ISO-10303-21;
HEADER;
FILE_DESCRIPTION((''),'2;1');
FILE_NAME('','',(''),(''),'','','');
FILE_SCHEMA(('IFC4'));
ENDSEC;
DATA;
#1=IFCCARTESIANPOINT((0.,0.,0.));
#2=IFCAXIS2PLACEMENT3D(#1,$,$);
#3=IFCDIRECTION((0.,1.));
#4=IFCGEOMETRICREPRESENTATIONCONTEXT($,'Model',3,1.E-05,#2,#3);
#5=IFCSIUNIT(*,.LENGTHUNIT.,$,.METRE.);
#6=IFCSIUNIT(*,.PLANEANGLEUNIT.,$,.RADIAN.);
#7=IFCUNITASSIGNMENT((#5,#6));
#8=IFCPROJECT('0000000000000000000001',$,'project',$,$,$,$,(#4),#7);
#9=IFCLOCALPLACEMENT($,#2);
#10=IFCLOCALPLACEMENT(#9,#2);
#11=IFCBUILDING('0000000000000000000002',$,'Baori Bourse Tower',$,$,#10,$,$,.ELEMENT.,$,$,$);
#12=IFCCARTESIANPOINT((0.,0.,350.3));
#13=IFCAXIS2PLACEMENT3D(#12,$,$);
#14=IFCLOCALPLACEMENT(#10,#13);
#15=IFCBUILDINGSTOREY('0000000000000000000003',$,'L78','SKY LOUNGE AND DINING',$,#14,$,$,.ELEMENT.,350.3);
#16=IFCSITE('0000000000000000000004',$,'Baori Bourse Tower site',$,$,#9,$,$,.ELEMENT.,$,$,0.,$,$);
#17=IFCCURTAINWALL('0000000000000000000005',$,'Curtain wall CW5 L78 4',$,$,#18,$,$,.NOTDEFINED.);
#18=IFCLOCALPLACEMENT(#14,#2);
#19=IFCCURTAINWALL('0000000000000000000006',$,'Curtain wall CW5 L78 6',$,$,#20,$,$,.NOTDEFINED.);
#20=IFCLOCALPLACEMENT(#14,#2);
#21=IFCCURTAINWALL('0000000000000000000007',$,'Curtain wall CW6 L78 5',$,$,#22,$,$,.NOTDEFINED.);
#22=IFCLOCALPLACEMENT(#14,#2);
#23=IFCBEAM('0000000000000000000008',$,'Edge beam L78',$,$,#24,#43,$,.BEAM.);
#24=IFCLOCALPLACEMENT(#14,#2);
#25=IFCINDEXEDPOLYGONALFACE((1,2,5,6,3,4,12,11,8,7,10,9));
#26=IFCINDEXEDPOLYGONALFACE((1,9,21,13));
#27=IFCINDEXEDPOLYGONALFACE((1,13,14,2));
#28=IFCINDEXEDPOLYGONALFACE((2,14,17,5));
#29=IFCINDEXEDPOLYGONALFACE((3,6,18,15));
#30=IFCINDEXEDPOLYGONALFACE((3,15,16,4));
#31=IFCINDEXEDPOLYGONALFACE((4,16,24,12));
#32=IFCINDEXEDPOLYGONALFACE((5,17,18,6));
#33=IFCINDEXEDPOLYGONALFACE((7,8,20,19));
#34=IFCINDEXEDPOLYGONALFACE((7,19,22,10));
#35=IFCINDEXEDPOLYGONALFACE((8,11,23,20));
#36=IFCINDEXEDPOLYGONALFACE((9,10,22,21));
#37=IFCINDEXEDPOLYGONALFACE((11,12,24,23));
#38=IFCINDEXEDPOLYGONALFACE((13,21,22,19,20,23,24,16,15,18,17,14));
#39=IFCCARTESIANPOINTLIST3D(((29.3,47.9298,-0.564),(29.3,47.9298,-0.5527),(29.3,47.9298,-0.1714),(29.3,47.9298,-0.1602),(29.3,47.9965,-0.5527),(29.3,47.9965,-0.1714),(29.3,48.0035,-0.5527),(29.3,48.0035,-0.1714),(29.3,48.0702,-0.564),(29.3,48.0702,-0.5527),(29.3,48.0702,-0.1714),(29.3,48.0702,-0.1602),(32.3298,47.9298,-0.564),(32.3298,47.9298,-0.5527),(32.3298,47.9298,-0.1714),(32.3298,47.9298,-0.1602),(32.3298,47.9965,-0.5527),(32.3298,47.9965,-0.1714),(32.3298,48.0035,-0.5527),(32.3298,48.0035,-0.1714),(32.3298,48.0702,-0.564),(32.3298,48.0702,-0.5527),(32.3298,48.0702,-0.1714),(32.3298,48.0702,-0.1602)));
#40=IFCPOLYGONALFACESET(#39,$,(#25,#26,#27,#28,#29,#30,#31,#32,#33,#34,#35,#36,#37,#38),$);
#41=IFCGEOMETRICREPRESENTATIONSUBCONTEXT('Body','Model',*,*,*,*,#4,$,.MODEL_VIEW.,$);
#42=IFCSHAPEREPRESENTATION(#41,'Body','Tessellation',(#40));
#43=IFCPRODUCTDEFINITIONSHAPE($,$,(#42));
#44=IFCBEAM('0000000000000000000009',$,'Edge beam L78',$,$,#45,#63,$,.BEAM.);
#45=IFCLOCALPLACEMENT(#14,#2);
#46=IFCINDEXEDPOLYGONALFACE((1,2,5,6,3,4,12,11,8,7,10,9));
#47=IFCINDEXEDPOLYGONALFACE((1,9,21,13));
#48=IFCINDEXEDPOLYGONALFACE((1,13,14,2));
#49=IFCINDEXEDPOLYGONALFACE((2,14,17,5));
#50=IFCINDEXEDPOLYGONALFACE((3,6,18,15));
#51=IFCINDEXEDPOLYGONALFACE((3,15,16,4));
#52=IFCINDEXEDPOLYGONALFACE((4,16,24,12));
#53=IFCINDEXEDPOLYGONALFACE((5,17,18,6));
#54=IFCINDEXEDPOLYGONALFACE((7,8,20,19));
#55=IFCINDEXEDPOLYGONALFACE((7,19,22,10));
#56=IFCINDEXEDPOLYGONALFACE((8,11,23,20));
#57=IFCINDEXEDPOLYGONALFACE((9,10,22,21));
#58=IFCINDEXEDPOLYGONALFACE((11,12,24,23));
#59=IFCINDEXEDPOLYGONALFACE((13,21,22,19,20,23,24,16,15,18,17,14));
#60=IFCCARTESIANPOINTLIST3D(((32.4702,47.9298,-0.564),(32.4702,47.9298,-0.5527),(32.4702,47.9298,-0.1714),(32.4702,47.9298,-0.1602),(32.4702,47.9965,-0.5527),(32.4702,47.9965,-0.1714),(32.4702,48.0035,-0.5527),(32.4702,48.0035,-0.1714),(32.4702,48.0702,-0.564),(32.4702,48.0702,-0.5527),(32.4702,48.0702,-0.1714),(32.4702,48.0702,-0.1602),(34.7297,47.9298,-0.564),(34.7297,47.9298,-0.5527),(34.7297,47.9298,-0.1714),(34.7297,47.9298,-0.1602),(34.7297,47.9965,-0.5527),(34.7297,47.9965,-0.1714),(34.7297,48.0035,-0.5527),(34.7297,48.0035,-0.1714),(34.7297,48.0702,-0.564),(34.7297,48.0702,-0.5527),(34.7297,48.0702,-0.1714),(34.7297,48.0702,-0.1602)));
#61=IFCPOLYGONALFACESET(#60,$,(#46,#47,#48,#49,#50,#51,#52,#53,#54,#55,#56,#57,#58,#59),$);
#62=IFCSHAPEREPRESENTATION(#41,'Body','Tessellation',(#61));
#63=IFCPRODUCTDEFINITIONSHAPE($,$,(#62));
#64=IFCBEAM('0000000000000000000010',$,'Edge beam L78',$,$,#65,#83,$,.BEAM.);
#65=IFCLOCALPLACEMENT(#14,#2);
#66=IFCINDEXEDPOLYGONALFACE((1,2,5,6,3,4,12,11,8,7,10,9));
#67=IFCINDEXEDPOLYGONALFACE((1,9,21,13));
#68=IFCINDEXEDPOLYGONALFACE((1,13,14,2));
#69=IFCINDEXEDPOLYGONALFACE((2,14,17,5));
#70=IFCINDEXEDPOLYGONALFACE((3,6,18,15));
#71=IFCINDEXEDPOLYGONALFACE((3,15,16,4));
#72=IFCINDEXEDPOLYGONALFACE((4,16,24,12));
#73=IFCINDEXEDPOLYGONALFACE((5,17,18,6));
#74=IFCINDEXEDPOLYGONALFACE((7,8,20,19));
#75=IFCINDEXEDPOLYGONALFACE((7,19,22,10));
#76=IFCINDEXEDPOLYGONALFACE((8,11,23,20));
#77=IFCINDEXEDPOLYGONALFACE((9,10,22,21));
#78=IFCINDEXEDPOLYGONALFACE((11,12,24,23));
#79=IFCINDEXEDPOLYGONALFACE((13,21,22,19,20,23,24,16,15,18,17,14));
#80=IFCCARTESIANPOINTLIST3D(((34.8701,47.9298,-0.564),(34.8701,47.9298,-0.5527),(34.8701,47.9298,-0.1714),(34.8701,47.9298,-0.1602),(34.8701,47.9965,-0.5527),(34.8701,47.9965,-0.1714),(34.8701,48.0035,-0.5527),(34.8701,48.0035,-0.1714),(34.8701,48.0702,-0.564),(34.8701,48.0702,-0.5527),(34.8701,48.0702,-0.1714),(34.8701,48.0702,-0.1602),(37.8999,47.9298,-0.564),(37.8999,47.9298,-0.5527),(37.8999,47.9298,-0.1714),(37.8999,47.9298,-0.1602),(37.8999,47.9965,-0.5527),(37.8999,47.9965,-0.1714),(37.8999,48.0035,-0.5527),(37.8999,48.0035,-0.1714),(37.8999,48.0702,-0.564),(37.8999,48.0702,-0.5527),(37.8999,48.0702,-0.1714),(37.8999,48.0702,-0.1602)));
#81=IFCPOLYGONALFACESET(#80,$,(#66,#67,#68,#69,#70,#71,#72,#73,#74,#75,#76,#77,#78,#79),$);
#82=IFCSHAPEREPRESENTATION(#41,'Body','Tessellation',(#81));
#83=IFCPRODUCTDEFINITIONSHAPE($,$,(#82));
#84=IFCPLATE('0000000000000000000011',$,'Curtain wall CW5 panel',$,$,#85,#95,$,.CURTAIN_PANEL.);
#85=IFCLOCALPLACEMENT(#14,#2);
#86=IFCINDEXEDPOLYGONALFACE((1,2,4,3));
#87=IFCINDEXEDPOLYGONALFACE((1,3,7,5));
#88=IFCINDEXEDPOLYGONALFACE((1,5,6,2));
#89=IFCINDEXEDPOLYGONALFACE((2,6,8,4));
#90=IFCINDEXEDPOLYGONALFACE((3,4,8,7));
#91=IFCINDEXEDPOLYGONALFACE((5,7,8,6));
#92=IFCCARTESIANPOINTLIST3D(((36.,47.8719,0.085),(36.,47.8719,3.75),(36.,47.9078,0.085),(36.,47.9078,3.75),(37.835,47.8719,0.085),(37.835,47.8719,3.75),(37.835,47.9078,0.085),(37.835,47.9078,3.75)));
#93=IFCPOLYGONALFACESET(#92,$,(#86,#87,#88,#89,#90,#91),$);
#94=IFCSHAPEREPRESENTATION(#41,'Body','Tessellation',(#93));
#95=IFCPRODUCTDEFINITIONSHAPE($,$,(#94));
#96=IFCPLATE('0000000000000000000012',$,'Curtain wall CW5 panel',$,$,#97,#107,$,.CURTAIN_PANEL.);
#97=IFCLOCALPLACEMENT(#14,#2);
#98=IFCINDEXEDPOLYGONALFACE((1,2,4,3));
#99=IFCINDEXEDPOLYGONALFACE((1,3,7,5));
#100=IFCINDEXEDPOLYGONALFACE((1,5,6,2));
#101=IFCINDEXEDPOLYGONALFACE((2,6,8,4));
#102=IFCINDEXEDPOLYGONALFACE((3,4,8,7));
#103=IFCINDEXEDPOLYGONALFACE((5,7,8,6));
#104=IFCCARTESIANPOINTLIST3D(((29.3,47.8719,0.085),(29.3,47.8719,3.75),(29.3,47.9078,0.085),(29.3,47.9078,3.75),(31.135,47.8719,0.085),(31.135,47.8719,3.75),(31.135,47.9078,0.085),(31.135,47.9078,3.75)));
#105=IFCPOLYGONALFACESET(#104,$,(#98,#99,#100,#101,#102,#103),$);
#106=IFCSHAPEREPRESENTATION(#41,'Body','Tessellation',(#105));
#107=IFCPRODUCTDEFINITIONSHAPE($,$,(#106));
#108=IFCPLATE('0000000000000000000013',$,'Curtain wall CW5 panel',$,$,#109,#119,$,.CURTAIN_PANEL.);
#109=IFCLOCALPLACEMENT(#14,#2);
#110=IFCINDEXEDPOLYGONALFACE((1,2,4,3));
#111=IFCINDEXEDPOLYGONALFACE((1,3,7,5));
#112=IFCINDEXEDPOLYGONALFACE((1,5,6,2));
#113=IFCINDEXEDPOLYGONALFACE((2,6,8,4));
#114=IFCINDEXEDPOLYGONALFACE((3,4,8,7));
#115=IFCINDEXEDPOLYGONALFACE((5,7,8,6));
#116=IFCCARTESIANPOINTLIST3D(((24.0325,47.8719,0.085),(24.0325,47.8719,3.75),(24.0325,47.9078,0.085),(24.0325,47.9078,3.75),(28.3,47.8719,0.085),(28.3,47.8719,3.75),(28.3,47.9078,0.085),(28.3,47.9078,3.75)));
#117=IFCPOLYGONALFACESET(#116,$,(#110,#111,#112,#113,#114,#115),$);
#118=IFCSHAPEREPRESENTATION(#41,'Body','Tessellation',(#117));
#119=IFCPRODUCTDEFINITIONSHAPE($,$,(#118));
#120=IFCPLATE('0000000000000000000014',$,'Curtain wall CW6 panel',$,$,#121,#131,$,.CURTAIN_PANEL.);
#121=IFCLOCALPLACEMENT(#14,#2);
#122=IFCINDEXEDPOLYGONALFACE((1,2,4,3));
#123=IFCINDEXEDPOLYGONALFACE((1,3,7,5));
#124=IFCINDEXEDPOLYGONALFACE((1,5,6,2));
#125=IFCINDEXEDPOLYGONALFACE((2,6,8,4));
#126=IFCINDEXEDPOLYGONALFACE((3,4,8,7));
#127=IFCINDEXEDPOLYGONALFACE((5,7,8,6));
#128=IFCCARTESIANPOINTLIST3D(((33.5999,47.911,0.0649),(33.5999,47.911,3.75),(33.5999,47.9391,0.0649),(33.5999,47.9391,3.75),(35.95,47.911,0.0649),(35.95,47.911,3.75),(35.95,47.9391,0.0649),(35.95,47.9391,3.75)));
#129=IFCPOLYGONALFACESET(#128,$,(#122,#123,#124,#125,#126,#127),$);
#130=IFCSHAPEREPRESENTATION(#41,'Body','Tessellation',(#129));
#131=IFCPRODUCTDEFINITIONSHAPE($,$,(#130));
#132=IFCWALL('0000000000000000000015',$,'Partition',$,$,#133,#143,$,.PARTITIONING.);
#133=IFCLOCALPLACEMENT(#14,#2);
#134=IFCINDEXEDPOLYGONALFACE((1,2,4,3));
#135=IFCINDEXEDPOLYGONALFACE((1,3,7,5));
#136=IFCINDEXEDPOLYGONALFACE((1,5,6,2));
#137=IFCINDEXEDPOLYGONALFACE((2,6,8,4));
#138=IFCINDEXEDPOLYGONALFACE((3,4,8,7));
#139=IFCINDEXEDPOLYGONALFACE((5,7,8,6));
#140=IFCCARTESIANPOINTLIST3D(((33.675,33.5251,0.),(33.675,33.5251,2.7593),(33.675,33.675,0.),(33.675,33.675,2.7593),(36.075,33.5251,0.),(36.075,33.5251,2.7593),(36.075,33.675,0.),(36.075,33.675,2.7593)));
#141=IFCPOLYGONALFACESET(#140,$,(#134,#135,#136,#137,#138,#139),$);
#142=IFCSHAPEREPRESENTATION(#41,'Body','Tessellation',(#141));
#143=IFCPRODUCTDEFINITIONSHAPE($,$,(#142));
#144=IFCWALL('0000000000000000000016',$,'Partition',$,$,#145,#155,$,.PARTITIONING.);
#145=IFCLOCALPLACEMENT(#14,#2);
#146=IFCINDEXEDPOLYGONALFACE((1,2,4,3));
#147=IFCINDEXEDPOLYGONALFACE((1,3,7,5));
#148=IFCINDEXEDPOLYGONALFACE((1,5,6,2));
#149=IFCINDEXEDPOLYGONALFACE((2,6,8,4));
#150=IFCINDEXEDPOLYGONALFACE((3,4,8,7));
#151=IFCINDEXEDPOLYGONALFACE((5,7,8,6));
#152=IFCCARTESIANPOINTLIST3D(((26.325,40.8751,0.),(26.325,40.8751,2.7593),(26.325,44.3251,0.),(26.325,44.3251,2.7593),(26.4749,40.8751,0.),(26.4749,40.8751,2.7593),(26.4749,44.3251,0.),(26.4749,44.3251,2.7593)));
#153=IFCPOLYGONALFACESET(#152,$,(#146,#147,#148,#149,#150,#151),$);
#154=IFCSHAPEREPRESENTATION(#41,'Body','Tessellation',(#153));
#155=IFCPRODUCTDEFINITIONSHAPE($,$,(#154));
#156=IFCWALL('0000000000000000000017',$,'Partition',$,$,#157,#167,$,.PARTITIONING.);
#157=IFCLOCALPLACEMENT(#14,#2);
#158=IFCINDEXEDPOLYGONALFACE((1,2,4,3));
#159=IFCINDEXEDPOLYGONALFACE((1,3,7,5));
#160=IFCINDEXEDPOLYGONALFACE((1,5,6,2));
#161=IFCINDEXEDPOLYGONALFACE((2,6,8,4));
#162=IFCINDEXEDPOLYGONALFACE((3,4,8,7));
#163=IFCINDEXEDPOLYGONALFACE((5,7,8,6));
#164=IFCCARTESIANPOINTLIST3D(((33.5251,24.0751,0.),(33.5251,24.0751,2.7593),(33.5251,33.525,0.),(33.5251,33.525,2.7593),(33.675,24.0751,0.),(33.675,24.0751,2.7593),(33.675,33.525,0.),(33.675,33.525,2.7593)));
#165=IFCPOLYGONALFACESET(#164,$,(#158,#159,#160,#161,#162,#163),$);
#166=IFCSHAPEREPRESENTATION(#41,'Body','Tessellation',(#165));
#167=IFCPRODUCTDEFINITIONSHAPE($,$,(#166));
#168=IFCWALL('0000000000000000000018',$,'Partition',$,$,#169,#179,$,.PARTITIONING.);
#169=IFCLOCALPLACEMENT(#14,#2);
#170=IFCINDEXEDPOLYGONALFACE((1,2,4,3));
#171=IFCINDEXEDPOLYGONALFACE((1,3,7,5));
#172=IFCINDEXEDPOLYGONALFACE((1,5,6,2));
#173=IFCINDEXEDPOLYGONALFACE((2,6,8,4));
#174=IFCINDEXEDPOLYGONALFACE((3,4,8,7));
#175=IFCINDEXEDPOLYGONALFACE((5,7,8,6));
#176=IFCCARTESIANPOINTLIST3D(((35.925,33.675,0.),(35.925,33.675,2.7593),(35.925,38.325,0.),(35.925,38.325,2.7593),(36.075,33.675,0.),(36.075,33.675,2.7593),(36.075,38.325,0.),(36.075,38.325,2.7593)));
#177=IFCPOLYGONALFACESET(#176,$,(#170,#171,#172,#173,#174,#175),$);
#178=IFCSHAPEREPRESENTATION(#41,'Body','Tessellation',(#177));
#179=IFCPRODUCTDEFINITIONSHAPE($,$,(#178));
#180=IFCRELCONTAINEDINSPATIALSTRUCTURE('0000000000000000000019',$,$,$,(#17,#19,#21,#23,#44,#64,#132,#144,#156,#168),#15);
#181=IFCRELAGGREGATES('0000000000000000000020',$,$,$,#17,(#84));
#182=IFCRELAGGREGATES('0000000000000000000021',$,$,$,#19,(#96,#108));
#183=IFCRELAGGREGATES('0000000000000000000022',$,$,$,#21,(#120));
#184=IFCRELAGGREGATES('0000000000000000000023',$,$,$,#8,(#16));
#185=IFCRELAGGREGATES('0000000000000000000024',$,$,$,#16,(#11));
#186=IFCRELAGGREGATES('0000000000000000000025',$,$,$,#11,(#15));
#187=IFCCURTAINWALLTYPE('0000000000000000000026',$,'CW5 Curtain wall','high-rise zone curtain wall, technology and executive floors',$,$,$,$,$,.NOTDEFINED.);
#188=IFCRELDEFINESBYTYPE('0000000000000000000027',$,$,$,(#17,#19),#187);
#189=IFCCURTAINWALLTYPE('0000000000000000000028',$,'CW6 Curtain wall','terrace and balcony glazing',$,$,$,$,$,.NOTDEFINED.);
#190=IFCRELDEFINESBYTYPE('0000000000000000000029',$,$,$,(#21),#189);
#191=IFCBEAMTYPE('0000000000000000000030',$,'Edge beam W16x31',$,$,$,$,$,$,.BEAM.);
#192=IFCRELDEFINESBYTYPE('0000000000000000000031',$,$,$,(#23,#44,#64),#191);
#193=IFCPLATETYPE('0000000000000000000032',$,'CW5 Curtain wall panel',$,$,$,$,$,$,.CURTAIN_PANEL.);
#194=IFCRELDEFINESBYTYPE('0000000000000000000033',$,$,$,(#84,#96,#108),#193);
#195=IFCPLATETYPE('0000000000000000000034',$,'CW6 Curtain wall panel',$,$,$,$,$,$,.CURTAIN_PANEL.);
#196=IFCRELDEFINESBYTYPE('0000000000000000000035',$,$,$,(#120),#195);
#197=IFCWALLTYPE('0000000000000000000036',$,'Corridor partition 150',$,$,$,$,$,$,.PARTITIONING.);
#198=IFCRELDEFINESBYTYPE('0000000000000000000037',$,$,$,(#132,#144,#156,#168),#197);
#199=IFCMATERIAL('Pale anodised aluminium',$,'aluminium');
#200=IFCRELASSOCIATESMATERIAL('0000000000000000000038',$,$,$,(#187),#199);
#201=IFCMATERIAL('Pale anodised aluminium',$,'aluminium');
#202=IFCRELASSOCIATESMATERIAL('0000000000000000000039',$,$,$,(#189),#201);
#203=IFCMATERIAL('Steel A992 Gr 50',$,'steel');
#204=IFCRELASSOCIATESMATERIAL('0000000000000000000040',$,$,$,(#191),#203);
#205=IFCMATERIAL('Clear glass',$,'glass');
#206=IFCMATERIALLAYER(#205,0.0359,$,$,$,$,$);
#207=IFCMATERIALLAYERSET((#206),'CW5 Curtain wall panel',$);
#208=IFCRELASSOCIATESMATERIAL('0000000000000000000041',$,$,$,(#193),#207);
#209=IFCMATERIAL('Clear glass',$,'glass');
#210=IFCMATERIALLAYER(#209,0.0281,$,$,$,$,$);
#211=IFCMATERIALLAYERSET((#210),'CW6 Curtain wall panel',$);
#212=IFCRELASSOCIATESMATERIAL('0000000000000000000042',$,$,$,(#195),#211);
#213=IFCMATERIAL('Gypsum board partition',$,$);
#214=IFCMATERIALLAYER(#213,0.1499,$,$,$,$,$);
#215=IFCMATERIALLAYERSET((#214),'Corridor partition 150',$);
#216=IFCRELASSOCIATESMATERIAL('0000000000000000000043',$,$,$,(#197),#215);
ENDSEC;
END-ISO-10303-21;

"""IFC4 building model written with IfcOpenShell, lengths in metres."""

from ifc_helpers import new_model, si_unit, direction, frame, frame_2d, origin, origin_2d, place, context, subcontext, project, spatial, rectangle, i_section, extrude, material, layer, layer_set, material_profile, profile_set, type_object, element, aggregate, save


model = new_model("IFC4")

# Units and contexts
model_context = context("Model", 3, precision=1e-05, world=origin(), true_north=direction((0.0, 1.0)))
body_context = subcontext(model_context, "Body", "Model", "MODEL_VIEW")
ifc_project = project(units=[si_unit("LENGTHUNIT", "METRE"), si_unit("PLANEANGLEUNIT", "RADIAN")], contexts=[model_context])

# Site, building, storey
site_placement = place(None, origin())
site = spatial("IfcSite", under=ifc_project, at=site_placement, Name="Baori Bourse Tower site", CompositionType="ELEMENT", RefElevation=0.0)
building_placement = place(site_placement, origin())
building = spatial("IfcBuilding", under=site, at=building_placement, Name="Baori Bourse Tower", CompositionType="ELEMENT")
storey_placement = place(building_placement, frame((0.0, 0.0, 350.3)))
storey = spatial("IfcBuildingStorey", under=building, at=storey_placement, Name="L78", Description="SKY LOUNGE AND DINING", CompositionType="ELEMENT", Elevation=350.3)

# Curtain wall
ifc_material_1 = material(Name="Pale anodised aluminium", Category="aluminium")
curtain_wall_type_1 = type_object("IfcCurtainWallType", Name="CW5 Curtain wall", Description="high-rise zone curtain wall, technology and executive floors", PredefinedType="NOTDEFINED", material=ifc_material_1)
curtain_wall_1_placement = place(storey_placement, origin())
curtain_wall_1 = element("IfcCurtainWall", 1, at=curtain_wall_1_placement, inside=storey, type_object=curtain_wall_type_1, Name="Curtain wall CW5 L78 4", PredefinedType="NOTDEFINED")

# Curtain wall
curtain_wall_2_placement = place(storey_placement, origin())
curtain_wall_2 = element("IfcCurtainWall", 2, at=curtain_wall_2_placement, inside=storey, type_object=curtain_wall_type_1, Name="Curtain wall CW5 L78 6", PredefinedType="NOTDEFINED")

# Curtain wall
ifc_material_2 = material(Name="Pale anodised aluminium", Category="aluminium")
curtain_wall_type_2 = type_object("IfcCurtainWallType", Name="CW6 Curtain wall", Description="terrace and balcony glazing", PredefinedType="NOTDEFINED", material=ifc_material_2)
curtain_wall_3_placement = place(storey_placement, origin())
curtain_wall_3 = element("IfcCurtainWall", 3, at=curtain_wall_3_placement, inside=storey, type_object=curtain_wall_type_2, Name="Curtain wall CW6 L78 5", PredefinedType="NOTDEFINED")

# Beams
ifc_material_3 = material(Name="Steel A992 Gr 50", Category="steel")
ifc_material_profile_1 = material_profile(ifc_material_3, i_section(OverallWidth=0.1404, OverallDepth=0.4038, WebThickness=0.0071, FlangeThickness=0.0112, at=origin_2d()), Name="W16x31")
ifc_profile_set_1 = profile_set([ifc_material_profile_1], Name="Steel A992 Gr 50")
beam_type_1 = type_object("IfcBeamType", Name="Edge beam W16x31", PredefinedType="BEAM", material=ifc_profile_set_1)
beam_1_placement = place(storey_placement, frame((29.3, 48.0, -0.3621), z_axis=(1.0, 0.0, 0.0), x_axis=(0.0, 1.0, 0.0)))
element("IfcBeam", 4, at=beam_1_placement, inside=storey, type_object=beam_type_1, Name="Edge beam L78", PredefinedType="BEAM", context=body_context, shape_type="SweptSolid", body=[
    extrude(i_section(OverallWidth=0.1404, OverallDepth=0.4038, WebThickness=0.0071, FlangeThickness=0.0112, at=origin_2d()), origin(), (0.0, 0.0, 1.0), 3.0298),
])
beam_2_placement = place(storey_placement, frame((32.4702, 48.0, -0.3621), z_axis=(1.0, 0.0, 0.0), x_axis=(0.0, 1.0, 0.0)))
element("IfcBeam", 5, at=beam_2_placement, inside=storey, type_object=beam_type_1, Name="Edge beam L78", PredefinedType="BEAM", context=body_context, shape_type="SweptSolid", body=[
    extrude(i_section(OverallWidth=0.1404, OverallDepth=0.4038, WebThickness=0.0071, FlangeThickness=0.0112, at=origin_2d()), origin(), (0.0, 0.0, 1.0), 2.2595),
])
beam_3_placement = place(storey_placement, frame((34.8701, 48.0, -0.3621), z_axis=(1.0, 0.0, 0.0), x_axis=(0.0, 1.0, 0.0)))
element("IfcBeam", 6, at=beam_3_placement, inside=storey, type_object=beam_type_1, Name="Edge beam L78", PredefinedType="BEAM", context=body_context, shape_type="SweptSolid", body=[
    extrude(i_section(OverallWidth=0.1404, OverallDepth=0.4038, WebThickness=0.0071, FlangeThickness=0.0112, at=origin_2d()), origin(), (0.0, 0.0, 1.0), 3.0298),
])

# Plates
ifc_material_4 = material(Name="Clear glass", Category="glass")
ifc_layer_1 = layer(ifc_material_4, 0.0359)
ifc_layer_set_1 = layer_set([ifc_layer_1], Name="CW5 Curtain wall panel")
plate_type_1 = type_object("IfcPlateType", Name="CW5 Curtain wall panel", PredefinedType="CURTAIN_PANEL", material=ifc_layer_set_1)
plate_1_placement = place(storey_placement, frame((36.9175, 47.8899, 0.085), z_axis=(0.0, 0.0, 1.0), x_axis=(-1.0, 0.0, 0.0)))
plate_1 = element("IfcPlate", 7, at=plate_1_placement, type_object=plate_type_1, Name="Curtain wall CW5 panel", PredefinedType="CURTAIN_PANEL", context=body_context, shape_type="SweptSolid", body=[
    extrude(rectangle(XDim=1.835, YDim=0.0359, at=origin_2d()), origin(), (0.0, 0.0, 1.0), 3.665),
])
aggregate(curtain_wall_1, [plate_1])
plate_2_placement = place(storey_placement, frame((30.2175, 47.8899, 0.085), z_axis=(0.0, 0.0, 1.0), x_axis=(-1.0, 0.0, 0.0)))
plate_2 = element("IfcPlate", 8, at=plate_2_placement, type_object=plate_type_1, Name="Curtain wall CW5 panel", PredefinedType="CURTAIN_PANEL", context=body_context, shape_type="SweptSolid", body=[
    extrude(rectangle(XDim=1.835, YDim=0.0359, at=origin_2d()), origin(), (0.0, 0.0, 1.0), 3.665),
])
plate_3_placement = place(storey_placement, frame((26.1663, 47.8899, 0.085), z_axis=(0.0, 0.0, 1.0), x_axis=(-1.0, 0.0, 0.0)))
plate_3 = element("IfcPlate", 9, at=plate_3_placement, type_object=plate_type_1, Name="Curtain wall CW5 panel", PredefinedType="CURTAIN_PANEL", context=body_context, shape_type="SweptSolid", body=[
    extrude(rectangle(XDim=4.2676, YDim=0.0359, at=origin_2d()), origin(), (0.0, 0.0, 1.0), 3.665),
])
aggregate(curtain_wall_2, [plate_2, plate_3])
ifc_material_5 = material(Name="Clear glass", Category="glass")
ifc_layer_2 = layer(ifc_material_5, 0.0281)
ifc_layer_set_2 = layer_set([ifc_layer_2], Name="CW6 Curtain wall panel")
plate_type_2 = type_object("IfcPlateType", Name="CW6 Curtain wall panel", PredefinedType="CURTAIN_PANEL", material=ifc_layer_set_2)
plate_4_placement = place(storey_placement, frame((34.7749, 47.925, 0.0649), z_axis=(0.0, 0.0, 1.0), x_axis=(-1.0, 0.0, 0.0)))
plate_4 = element("IfcPlate", 10, at=plate_4_placement, type_object=plate_type_2, Name="Curtain wall CW6 panel", PredefinedType="CURTAIN_PANEL", context=body_context, shape_type="SweptSolid", body=[
    extrude(rectangle(XDim=2.3501, YDim=0.0281, at=origin_2d()), origin(), (0.0, 0.0, 1.0), 3.6851),
])
aggregate(curtain_wall_3, [plate_4])

# Walls
ifc_material_6 = material(Name="Gypsum board partition")
ifc_layer_3 = layer(ifc_material_6, 0.1499)
ifc_layer_set_3 = layer_set([ifc_layer_3], Name="Corridor partition 150")
wall_type_1 = type_object("IfcWallType", Name="Corridor partition 150", PredefinedType="PARTITIONING", material=ifc_layer_set_3)
wall_1_placement = place(storey_placement, frame((33.675, 33.6001, 0.0), z_axis=(0.0, 0.0, 1.0), x_axis=(1.0, 0.0, 0.0)))
element("IfcWall", 11, at=wall_1_placement, inside=storey, type_object=wall_type_1, Name="Partition", PredefinedType="PARTITIONING", context=body_context, shape_type="SweptSolid", body=[
    extrude(rectangle(XDim=2.3999, YDim=0.1499, at=frame_2d((1.2, 0.0))), origin(), (0.0, 0.0, 1.0), 2.7593),
])
wall_2_placement = place(storey_placement, frame((26.3999, 40.875, 0.0), z_axis=(0.0, 0.0, 1.0), x_axis=(0.0, 1.0, 0.0)))
element("IfcWall", 12, at=wall_2_placement, inside=storey, type_object=wall_type_1, Name="Partition", PredefinedType="PARTITIONING", context=body_context, shape_type="SweptSolid", body=[
    extrude(rectangle(XDim=3.45, YDim=0.1499, at=frame_2d((1.7251, 0.0))), origin(), (0.0, 0.0, 1.0), 2.7593),
])
wall_3_placement = place(storey_placement, frame((33.6001, 24.075, 0.0), z_axis=(0.0, 0.0, 1.0), x_axis=(0.0, 1.0, 0.0)))
element("IfcWall", 13, at=wall_3_placement, inside=storey, type_object=wall_type_1, Name="Partition", PredefinedType="PARTITIONING", context=body_context, shape_type="SweptSolid", body=[
    extrude(rectangle(XDim=9.45, YDim=0.1499, at=frame_2d((4.7251, 0.0))), origin(), (0.0, 0.0, 1.0), 2.7593),
])
wall_4_placement = place(storey_placement, frame((36.0, 33.675, 0.0), z_axis=(0.0, 0.0, 1.0), x_axis=(0.0, 1.0, 0.0)))
element("IfcWall", 14, at=wall_4_placement, inside=storey, type_object=wall_type_1, Name="Partition", PredefinedType="PARTITIONING", context=body_context, shape_type="SweptSolid", body=[
    extrude(rectangle(XDim=4.6499, YDim=0.1499, at=frame_2d((2.325, 0.0))), origin(), (0.0, 0.0, 1.0), 2.7593),
])

save(model, "model.ifc")
